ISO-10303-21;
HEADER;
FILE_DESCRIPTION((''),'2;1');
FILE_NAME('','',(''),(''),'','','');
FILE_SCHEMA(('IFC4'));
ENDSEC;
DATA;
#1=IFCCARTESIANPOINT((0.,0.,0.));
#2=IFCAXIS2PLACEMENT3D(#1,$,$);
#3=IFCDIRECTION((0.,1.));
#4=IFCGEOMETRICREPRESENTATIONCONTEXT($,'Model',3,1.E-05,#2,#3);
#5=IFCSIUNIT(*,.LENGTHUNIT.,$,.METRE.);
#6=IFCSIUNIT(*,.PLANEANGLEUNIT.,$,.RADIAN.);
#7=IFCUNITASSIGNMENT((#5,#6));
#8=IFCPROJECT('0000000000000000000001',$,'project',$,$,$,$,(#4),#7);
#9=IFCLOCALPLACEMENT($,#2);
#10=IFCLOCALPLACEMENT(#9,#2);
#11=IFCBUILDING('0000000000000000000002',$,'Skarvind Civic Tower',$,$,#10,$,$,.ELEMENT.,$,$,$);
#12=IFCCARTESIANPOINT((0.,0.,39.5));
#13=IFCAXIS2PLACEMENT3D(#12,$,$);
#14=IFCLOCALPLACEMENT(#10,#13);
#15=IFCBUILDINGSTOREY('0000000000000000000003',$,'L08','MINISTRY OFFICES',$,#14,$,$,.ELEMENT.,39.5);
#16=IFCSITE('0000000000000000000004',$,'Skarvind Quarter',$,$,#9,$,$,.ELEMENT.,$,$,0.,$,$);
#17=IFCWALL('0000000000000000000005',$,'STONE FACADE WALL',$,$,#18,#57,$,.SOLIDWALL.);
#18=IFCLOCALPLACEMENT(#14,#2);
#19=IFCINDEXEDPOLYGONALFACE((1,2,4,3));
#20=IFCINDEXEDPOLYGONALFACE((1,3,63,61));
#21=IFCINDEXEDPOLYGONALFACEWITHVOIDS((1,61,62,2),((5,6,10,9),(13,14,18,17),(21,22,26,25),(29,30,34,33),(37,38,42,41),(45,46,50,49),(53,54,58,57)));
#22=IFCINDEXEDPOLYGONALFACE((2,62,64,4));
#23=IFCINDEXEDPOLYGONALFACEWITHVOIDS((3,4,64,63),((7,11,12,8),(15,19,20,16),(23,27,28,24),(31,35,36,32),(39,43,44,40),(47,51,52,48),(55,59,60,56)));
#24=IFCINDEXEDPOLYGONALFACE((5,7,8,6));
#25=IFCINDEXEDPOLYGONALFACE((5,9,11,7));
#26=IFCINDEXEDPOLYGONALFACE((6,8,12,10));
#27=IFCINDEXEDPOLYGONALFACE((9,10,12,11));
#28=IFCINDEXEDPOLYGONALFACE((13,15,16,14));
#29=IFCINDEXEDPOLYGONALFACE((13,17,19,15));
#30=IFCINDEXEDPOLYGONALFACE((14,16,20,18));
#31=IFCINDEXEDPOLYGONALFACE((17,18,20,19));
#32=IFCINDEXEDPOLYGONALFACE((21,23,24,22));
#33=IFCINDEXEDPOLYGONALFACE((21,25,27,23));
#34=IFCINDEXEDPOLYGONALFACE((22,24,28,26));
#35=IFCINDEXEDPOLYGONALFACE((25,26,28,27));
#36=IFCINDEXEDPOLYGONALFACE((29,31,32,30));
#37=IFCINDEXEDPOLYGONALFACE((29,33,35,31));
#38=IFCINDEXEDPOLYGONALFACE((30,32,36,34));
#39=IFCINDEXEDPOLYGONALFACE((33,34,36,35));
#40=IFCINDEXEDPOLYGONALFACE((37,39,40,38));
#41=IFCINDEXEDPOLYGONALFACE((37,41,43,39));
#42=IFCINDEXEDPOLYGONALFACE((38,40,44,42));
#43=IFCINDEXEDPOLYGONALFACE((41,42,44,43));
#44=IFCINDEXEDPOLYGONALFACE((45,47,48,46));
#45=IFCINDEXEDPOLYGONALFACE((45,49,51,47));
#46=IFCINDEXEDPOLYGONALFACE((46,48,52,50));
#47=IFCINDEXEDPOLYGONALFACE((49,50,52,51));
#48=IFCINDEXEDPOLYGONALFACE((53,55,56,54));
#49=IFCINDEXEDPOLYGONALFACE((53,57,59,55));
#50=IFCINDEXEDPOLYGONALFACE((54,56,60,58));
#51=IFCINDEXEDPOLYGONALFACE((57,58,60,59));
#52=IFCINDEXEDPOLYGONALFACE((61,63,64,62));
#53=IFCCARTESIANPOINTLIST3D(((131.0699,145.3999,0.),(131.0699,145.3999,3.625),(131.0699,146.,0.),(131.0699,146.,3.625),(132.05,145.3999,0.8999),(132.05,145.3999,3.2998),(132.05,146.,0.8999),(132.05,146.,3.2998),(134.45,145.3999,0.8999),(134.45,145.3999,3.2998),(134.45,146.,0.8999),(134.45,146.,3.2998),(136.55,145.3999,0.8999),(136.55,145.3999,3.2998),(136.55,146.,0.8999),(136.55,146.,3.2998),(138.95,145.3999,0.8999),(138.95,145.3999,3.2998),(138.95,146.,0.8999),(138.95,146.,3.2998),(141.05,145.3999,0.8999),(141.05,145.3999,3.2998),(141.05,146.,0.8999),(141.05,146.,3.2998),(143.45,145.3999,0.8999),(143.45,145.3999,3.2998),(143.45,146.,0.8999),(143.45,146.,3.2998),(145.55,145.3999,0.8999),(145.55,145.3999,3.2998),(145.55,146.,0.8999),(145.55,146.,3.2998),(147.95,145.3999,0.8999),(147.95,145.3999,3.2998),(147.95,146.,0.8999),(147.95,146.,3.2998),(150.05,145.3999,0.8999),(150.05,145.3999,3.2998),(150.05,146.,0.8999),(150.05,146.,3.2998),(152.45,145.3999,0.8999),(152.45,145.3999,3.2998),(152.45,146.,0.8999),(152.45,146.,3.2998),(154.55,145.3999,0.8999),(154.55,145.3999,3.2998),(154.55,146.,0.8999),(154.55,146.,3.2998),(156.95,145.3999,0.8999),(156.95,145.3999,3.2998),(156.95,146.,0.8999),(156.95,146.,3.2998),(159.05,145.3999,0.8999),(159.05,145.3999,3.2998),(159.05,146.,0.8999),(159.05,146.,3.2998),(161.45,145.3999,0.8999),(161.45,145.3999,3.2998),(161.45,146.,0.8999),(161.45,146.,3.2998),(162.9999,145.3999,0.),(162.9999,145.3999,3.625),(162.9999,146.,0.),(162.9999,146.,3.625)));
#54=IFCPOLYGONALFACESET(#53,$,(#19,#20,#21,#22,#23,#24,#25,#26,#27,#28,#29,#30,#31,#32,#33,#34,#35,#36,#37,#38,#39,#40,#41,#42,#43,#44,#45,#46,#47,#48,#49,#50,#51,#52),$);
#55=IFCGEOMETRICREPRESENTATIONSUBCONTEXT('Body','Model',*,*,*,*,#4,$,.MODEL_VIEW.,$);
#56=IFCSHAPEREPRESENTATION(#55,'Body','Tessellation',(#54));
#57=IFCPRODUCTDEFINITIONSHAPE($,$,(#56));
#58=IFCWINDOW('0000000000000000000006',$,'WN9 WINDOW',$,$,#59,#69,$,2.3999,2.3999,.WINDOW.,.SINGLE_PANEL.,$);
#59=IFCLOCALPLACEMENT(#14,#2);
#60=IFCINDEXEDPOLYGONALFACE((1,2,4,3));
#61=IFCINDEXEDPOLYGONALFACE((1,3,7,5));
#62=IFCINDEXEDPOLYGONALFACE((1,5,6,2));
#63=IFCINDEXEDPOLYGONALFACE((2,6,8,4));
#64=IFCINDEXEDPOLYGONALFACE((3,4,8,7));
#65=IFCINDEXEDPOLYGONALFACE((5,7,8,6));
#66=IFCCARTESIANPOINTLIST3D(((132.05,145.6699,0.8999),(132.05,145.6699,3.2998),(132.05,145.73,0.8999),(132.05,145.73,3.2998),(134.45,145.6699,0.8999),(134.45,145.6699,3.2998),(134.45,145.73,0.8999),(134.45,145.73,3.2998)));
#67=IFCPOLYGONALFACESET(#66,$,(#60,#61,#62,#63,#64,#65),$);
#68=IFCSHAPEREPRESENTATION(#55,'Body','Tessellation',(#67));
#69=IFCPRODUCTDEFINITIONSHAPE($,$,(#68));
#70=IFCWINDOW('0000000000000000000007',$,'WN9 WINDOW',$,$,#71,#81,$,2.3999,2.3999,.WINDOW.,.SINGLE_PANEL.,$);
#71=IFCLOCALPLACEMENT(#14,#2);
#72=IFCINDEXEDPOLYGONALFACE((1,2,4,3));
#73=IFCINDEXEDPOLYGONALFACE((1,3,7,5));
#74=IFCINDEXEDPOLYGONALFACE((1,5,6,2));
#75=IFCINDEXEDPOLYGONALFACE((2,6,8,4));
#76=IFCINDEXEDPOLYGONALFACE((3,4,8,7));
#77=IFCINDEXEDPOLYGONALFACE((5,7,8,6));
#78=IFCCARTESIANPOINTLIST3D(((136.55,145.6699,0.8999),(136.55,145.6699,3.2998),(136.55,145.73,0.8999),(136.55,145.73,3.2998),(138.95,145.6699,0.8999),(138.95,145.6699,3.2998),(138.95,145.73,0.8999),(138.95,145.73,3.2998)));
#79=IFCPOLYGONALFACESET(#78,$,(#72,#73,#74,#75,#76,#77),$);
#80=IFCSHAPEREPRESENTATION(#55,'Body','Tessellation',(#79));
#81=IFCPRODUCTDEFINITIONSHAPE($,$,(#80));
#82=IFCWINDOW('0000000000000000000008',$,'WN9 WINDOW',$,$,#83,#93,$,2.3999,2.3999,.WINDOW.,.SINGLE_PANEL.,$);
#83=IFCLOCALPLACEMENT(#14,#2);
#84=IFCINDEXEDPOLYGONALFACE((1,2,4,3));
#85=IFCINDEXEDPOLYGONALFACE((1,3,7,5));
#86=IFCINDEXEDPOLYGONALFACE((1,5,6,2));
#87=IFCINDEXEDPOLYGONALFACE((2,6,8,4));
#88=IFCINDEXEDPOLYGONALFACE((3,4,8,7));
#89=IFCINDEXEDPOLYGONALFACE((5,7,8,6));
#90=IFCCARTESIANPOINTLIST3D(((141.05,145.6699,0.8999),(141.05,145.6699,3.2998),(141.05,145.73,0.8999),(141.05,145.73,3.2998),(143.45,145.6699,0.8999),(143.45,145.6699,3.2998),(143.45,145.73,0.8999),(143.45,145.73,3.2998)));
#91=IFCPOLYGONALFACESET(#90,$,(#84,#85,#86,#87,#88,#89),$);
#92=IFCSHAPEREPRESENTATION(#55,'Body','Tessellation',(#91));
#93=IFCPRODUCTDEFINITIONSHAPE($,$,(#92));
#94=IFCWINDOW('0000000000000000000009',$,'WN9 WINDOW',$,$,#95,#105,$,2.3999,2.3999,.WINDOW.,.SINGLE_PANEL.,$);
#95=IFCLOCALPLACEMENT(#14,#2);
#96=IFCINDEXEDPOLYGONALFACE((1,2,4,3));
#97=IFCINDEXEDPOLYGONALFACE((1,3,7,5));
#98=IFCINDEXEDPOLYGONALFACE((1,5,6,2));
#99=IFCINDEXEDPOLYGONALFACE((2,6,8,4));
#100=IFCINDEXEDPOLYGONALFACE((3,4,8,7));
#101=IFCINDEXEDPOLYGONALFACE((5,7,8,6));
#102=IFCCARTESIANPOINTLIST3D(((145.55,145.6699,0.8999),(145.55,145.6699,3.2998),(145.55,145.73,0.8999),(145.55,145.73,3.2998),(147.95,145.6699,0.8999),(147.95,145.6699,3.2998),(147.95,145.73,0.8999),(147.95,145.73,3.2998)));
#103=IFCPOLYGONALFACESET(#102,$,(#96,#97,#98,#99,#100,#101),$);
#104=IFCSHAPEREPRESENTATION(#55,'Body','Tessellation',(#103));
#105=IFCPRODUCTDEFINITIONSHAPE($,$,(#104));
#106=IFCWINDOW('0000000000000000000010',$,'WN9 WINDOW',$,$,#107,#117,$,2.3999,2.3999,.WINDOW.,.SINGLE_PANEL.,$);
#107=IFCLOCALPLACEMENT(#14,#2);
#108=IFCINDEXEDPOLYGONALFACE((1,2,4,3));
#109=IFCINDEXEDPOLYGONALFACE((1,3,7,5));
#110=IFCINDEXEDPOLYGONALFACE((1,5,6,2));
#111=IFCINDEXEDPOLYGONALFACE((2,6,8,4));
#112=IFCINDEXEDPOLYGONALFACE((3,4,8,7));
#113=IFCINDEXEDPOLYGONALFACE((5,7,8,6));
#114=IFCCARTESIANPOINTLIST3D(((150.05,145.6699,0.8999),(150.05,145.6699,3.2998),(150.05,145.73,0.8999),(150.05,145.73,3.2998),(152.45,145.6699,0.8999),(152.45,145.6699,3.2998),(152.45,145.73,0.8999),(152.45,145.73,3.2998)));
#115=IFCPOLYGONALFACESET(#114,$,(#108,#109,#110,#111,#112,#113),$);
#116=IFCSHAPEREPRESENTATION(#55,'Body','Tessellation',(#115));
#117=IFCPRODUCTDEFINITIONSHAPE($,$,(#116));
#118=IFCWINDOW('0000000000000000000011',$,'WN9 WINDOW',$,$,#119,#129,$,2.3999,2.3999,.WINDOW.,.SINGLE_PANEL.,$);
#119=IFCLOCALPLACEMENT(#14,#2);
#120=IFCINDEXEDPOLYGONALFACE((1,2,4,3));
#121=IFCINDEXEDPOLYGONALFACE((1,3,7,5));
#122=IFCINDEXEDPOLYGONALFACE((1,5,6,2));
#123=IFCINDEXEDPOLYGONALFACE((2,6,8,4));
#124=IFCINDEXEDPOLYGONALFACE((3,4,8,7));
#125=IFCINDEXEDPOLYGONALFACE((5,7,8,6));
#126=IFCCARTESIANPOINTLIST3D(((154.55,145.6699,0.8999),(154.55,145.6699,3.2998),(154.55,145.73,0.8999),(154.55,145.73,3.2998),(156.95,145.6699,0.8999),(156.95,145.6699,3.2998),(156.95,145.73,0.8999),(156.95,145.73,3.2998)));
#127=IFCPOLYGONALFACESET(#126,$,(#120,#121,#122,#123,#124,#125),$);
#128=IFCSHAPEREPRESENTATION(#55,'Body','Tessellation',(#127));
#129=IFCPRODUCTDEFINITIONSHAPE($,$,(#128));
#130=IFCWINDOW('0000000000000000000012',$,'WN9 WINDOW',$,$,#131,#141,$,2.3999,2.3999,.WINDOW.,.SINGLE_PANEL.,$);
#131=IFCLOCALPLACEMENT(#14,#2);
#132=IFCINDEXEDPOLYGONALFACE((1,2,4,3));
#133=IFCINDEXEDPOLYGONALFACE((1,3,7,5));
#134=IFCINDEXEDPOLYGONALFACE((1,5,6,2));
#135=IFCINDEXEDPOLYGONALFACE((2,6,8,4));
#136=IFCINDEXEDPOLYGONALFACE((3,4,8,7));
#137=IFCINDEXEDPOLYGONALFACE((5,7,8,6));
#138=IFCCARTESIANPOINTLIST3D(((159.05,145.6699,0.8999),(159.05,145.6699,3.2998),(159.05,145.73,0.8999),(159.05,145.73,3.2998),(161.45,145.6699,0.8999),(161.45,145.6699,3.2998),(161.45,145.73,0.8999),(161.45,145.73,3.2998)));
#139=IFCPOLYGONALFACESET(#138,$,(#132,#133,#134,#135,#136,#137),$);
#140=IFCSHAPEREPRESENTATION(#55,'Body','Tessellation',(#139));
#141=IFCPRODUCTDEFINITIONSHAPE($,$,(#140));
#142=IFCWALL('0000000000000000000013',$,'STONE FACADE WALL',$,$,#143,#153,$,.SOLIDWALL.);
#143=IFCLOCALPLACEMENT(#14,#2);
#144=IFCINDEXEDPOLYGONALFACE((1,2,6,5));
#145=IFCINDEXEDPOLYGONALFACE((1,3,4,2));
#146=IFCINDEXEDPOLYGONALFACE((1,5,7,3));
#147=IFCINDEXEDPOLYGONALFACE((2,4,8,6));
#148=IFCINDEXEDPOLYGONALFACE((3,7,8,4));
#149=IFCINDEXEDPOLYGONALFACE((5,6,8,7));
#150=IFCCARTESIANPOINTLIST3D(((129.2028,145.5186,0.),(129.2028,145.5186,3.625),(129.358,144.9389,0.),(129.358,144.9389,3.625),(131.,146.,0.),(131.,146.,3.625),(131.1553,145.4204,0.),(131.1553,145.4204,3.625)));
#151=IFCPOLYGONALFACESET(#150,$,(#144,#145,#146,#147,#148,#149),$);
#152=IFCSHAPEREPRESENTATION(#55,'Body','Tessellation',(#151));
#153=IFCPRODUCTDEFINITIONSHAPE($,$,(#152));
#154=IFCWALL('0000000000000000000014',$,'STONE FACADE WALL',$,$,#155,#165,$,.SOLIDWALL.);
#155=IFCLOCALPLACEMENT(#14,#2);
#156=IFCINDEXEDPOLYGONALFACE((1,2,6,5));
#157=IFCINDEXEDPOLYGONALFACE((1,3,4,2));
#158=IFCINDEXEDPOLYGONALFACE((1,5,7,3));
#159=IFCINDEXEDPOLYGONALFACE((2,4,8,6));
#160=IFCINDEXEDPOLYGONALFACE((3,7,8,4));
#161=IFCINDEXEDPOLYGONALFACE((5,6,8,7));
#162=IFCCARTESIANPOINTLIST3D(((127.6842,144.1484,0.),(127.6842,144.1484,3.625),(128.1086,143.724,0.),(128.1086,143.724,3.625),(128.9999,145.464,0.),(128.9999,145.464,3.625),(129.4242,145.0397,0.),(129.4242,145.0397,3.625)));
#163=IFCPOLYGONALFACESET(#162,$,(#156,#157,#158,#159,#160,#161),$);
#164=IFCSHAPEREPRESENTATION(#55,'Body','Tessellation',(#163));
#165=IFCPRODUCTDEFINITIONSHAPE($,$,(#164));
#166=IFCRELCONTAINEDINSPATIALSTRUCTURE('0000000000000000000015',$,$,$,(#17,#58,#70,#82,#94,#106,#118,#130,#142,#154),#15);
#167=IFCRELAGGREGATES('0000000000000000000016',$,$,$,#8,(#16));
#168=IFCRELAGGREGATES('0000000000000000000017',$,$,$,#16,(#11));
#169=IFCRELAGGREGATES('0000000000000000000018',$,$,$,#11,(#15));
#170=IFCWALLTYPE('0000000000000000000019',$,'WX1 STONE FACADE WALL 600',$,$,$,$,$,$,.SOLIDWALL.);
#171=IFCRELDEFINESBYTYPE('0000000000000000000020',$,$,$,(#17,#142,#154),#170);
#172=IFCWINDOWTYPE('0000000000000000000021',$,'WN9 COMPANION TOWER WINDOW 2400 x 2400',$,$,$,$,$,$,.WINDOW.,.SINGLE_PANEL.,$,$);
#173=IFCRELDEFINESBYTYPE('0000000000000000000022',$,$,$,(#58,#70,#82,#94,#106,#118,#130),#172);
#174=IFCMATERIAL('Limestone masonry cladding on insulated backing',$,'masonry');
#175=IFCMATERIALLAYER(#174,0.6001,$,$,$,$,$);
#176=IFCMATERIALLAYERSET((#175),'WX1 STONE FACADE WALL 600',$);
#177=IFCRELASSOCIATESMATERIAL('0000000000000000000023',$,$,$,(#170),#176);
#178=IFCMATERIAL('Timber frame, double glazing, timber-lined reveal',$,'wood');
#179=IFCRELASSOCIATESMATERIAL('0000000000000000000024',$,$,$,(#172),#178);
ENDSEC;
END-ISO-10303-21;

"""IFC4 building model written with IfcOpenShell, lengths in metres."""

from ifc_helpers import new_model, si_unit, direction, frame, frame_2d, origin, place, context, subcontext, project, spatial, rectangle, extrude, material, layer, layer_set, type_object, element, fill, save


model = new_model("IFC4")

# Units and contexts
model_context = context("Model", 3, precision=1e-05, world=origin(), true_north=direction((0.0, 1.0)))
body_context = subcontext(model_context, "Body", "Model", "MODEL_VIEW")
ifc_project = project(units=[si_unit("LENGTHUNIT", "METRE"), si_unit("PLANEANGLEUNIT", "RADIAN")], contexts=[model_context])

# Site, building, storey
site_placement = place(None, origin())
site = spatial("IfcSite", under=ifc_project, at=site_placement, Name="Skarvind Quarter", CompositionType="ELEMENT", RefElevation=0.0)
building_placement = place(site_placement, origin())
building = spatial("IfcBuilding", under=site, at=building_placement, Name="Skarvind Civic Tower", CompositionType="ELEMENT")
storey_placement = place(building_placement, frame((0.0, 0.0, 39.5)))
storey = spatial("IfcBuildingStorey", under=building, at=storey_placement, Name="L08", Description="MINISTRY OFFICES", CompositionType="ELEMENT", Elevation=39.5)

# Wall, openings, windows
ifc_material_1 = material(Name="Limestone masonry cladding on insulated backing", Category="masonry")
ifc_layer_1 = layer(ifc_material_1, 0.6001)
ifc_layer_set_1 = layer_set([ifc_layer_1], Name="WX1 STONE FACADE WALL 600")
wall_type_1 = type_object("IfcWallType", Name="WX1 STONE FACADE WALL 600", PredefinedType="SOLIDWALL", material=ifc_layer_set_1)
wall_1_placement = place(storey_placement, frame((131.0701, 145.7, 0.0), z_axis=(0.0, 0.0, 1.0), x_axis=(1.0, 0.0, 0.0)))
wall_1 = element("IfcWall", 1, at=wall_1_placement, inside=storey, type_object=wall_type_1, Name="STONE FACADE WALL", PredefinedType="SOLIDWALL", context=body_context, shape_type="SweptSolid", body=[
    extrude(rectangle(XDim=31.9299, YDim=0.6001, at=frame_2d((15.9648, 0.0))), origin(), (0.0, 0.0, 1.0), 3.625),
])
opening_1_placement = place(wall_1_placement, frame((0.98, 0.0, 0.8999)))
opening_1 = element("IfcOpeningElement", 2, at=opening_1_placement, cuts=wall_1, PredefinedType="OPENING", context=body_context, shape_type="SweptSolid", body=[
    extrude(rectangle(XDim=2.3999, YDim=2.3999, at=frame_2d((1.2, 1.2))), frame((0.0, 0.3101, 0.0), z_axis=(0.0, -1.0, 0.0), x_axis=(1.0, 0.0, 0.0)), (0.0, 0.0, 1.0), 0.6201),
])
opening_2_placement = place(wall_1_placement, frame((5.48, 0.0, 0.8999)))
opening_2 = element("IfcOpeningElement", 3, at=opening_2_placement, cuts=wall_1, PredefinedType="OPENING", context=body_context, shape_type="SweptSolid", body=[
    extrude(rectangle(XDim=2.3999, YDim=2.3999, at=frame_2d((1.2, 1.2))), frame((0.0, 0.3101, 0.0), z_axis=(0.0, -1.0, 0.0), x_axis=(1.0, 0.0, 0.0)), (0.0, 0.0, 1.0), 0.6201),
])
opening_3_placement = place(wall_1_placement, frame((9.98, 0.0, 0.8999)))
opening_3 = element("IfcOpeningElement", 4, at=opening_3_placement, cuts=wall_1, PredefinedType="OPENING", context=body_context, shape_type="SweptSolid", body=[
    extrude(rectangle(XDim=2.3999, YDim=2.3999, at=frame_2d((1.2, 1.2))), frame((0.0, 0.3101, 0.0), z_axis=(0.0, -1.0, 0.0), x_axis=(1.0, 0.0, 0.0)), (0.0, 0.0, 1.0), 0.6201),
])
opening_4_placement = place(wall_1_placement, frame((14.48, 0.0, 0.8999)))
opening_4 = element("IfcOpeningElement", 5, at=opening_4_placement, cuts=wall_1, PredefinedType="OPENING", context=body_context, shape_type="SweptSolid", body=[
    extrude(rectangle(XDim=2.3999, YDim=2.3999, at=frame_2d((1.2, 1.2))), frame((0.0, 0.3101, 0.0), z_axis=(0.0, -1.0, 0.0), x_axis=(1.0, 0.0, 0.0)), (0.0, 0.0, 1.0), 0.6201),
])
opening_5_placement = place(wall_1_placement, frame((18.98, 0.0, 0.8999)))
opening_5 = element("IfcOpeningElement", 6, at=opening_5_placement, cuts=wall_1, PredefinedType="OPENING", context=body_context, shape_type="SweptSolid", body=[
    extrude(rectangle(XDim=2.3999, YDim=2.3999, at=frame_2d((1.2, 1.2))), frame((0.0, 0.3101, 0.0), z_axis=(0.0, -1.0, 0.0), x_axis=(1.0, 0.0, 0.0)), (0.0, 0.0, 1.0), 0.6201),
])
opening_6_placement = place(wall_1_placement, frame((23.48, 0.0, 0.8999)))
opening_6 = element("IfcOpeningElement", 7, at=opening_6_placement, cuts=wall_1, PredefinedType="OPENING", context=body_context, shape_type="SweptSolid", body=[
    extrude(rectangle(XDim=2.3999, YDim=2.3999, at=frame_2d((1.2, 1.2))), frame((0.0, 0.3101, 0.0), z_axis=(0.0, -1.0, 0.0), x_axis=(1.0, 0.0, 0.0)), (0.0, 0.0, 1.0), 0.6201),
])
opening_7_placement = place(wall_1_placement, frame((27.98, 0.0, 0.8999)))
opening_7 = element("IfcOpeningElement", 8, at=opening_7_placement, cuts=wall_1, PredefinedType="OPENING", context=body_context, shape_type="SweptSolid", body=[
    extrude(rectangle(XDim=2.3999, YDim=2.3999, at=frame_2d((1.2, 1.2))), frame((0.0, 0.3101, 0.0), z_axis=(0.0, -1.0, 0.0), x_axis=(1.0, 0.0, 0.0)), (0.0, 0.0, 1.0), 0.6201),
])
ifc_material_2 = material(Name="Timber frame, double glazing, timber-lined reveal", Category="wood")
window_type = type_object("IfcWindowType", Name="WN9 COMPANION TOWER WINDOW 2400 x 2400", PartitioningType="SINGLE_PANEL", PredefinedType="WINDOW", material=ifc_material_2)
window_1_placement = place(opening_1_placement, origin())
window_1 = element("IfcWindow", 9, at=window_1_placement, inside=storey, type_object=window_type, Name="WN9 WINDOW", OverallHeight=2.3999, OverallWidth=2.3999, PartitioningType="SINGLE_PANEL", PredefinedType="WINDOW", context=body_context, shape_type="SweptSolid", body=[
    extrude(rectangle(XDim=2.3999, YDim=2.3999, at=frame_2d((1.2, 1.2))), frame((0.0, 0.03, 0.0), z_axis=(0.0, -1.0, 0.0), x_axis=(1.0, 0.0, 0.0)), (0.0, 0.0, 1.0), 0.0601),
])
fill(opening_1, window_1)
window_2_placement = place(opening_2_placement, origin())
window_2 = element("IfcWindow", 10, at=window_2_placement, inside=storey, type_object=window_type, Name="WN9 WINDOW", OverallHeight=2.3999, OverallWidth=2.3999, PartitioningType="SINGLE_PANEL", PredefinedType="WINDOW", context=body_context, shape_type="SweptSolid", body=[
    extrude(rectangle(XDim=2.3999, YDim=2.3999, at=frame_2d((1.2, 1.2))), frame((0.0, 0.03, 0.0), z_axis=(0.0, -1.0, 0.0), x_axis=(1.0, 0.0, 0.0)), (0.0, 0.0, 1.0), 0.0601),
])
fill(opening_2, window_2)
window_3_placement = place(opening_3_placement, origin())
window_3 = element("IfcWindow", 11, at=window_3_placement, inside=storey, type_object=window_type, Name="WN9 WINDOW", OverallHeight=2.3999, OverallWidth=2.3999, PartitioningType="SINGLE_PANEL", PredefinedType="WINDOW", context=body_context, shape_type="SweptSolid", body=[
    extrude(rectangle(XDim=2.3999, YDim=2.3999, at=frame_2d((1.2, 1.2))), frame((0.0, 0.03, 0.0), z_axis=(0.0, -1.0, 0.0), x_axis=(1.0, 0.0, 0.0)), (0.0, 0.0, 1.0), 0.0601),
])
fill(opening_3, window_3)
window_4_placement = place(opening_4_placement, origin())
window_4 = element("IfcWindow", 12, at=window_4_placement, inside=storey, type_object=window_type, Name="WN9 WINDOW", OverallHeight=2.3999, OverallWidth=2.3999, PartitioningType="SINGLE_PANEL", PredefinedType="WINDOW", context=body_context, shape_type="SweptSolid", body=[
    extrude(rectangle(XDim=2.3999, YDim=2.3999, at=frame_2d((1.2, 1.2))), frame((0.0, 0.03, 0.0), z_axis=(0.0, -1.0, 0.0), x_axis=(1.0, 0.0, 0.0)), (0.0, 0.0, 1.0), 0.0601),
])
fill(opening_4, window_4)
window_5_placement = place(opening_5_placement, origin())
window_5 = element("IfcWindow", 13, at=window_5_placement, inside=storey, type_object=window_type, Name="WN9 WINDOW", OverallHeight=2.3999, OverallWidth=2.3999, PartitioningType="SINGLE_PANEL", PredefinedType="WINDOW", context=body_context, shape_type="SweptSolid", body=[
    extrude(rectangle(XDim=2.3999, YDim=2.3999, at=frame_2d((1.2, 1.2))), frame((0.0, 0.03, 0.0), z_axis=(0.0, -1.0, 0.0), x_axis=(1.0, 0.0, 0.0)), (0.0, 0.0, 1.0), 0.0601),
])
fill(opening_5, window_5)
window_6_placement = place(opening_6_placement, origin())
window_6 = element("IfcWindow", 14, at=window_6_placement, inside=storey, type_object=window_type, Name="WN9 WINDOW", OverallHeight=2.3999, OverallWidth=2.3999, PartitioningType="SINGLE_PANEL", PredefinedType="WINDOW", context=body_context, shape_type="SweptSolid", body=[
    extrude(rectangle(XDim=2.3999, YDim=2.3999, at=frame_2d((1.2, 1.2))), frame((0.0, 0.03, 0.0), z_axis=(0.0, -1.0, 0.0), x_axis=(1.0, 0.0, 0.0)), (0.0, 0.0, 1.0), 0.0601),
])
fill(opening_6, window_6)
window_7_placement = place(opening_7_placement, origin())
window_7 = element("IfcWindow", 15, at=window_7_placement, inside=storey, type_object=window_type, Name="WN9 WINDOW", OverallHeight=2.3999, OverallWidth=2.3999, PartitioningType="SINGLE_PANEL", PredefinedType="WINDOW", context=body_context, shape_type="SweptSolid", body=[
    extrude(rectangle(XDim=2.3999, YDim=2.3999, at=frame_2d((1.2, 1.2))), frame((0.0, 0.03, 0.0), z_axis=(0.0, -1.0, 0.0), x_axis=(1.0, 0.0, 0.0)), (0.0, 0.0, 1.0), 0.0601),
])
fill(opening_7, window_7)

# Walls
for number, where, z_axis, x_axis, name in (
    (16, (129.2805, 145.2288, 0.0), (0.0, 0.0, 1.0), (0.965938, 0.258773, 0.0), "STONE FACADE WALL"),
    (17, (127.8965, 143.9363, 0.0), (0.0, 0.0, 1.0), (0.707107, 0.707107, 0.0), "STONE FACADE WALL"),
):
    element("IfcWall", number, at=place(storey_placement, frame(where, z_axis=z_axis, x_axis=x_axis)), inside=storey, type_object=wall_type_1, Name=name, PredefinedType="SOLIDWALL", context=body_context, shape_type="SweptSolid", body=[
        extrude(rectangle(XDim=1.8606, YDim=0.6001, at=frame_2d((0.9302, 0.0))), origin(), (0.0, 0.0, 1.0), 3.625),
    ])

save(model, "model.ifc")
